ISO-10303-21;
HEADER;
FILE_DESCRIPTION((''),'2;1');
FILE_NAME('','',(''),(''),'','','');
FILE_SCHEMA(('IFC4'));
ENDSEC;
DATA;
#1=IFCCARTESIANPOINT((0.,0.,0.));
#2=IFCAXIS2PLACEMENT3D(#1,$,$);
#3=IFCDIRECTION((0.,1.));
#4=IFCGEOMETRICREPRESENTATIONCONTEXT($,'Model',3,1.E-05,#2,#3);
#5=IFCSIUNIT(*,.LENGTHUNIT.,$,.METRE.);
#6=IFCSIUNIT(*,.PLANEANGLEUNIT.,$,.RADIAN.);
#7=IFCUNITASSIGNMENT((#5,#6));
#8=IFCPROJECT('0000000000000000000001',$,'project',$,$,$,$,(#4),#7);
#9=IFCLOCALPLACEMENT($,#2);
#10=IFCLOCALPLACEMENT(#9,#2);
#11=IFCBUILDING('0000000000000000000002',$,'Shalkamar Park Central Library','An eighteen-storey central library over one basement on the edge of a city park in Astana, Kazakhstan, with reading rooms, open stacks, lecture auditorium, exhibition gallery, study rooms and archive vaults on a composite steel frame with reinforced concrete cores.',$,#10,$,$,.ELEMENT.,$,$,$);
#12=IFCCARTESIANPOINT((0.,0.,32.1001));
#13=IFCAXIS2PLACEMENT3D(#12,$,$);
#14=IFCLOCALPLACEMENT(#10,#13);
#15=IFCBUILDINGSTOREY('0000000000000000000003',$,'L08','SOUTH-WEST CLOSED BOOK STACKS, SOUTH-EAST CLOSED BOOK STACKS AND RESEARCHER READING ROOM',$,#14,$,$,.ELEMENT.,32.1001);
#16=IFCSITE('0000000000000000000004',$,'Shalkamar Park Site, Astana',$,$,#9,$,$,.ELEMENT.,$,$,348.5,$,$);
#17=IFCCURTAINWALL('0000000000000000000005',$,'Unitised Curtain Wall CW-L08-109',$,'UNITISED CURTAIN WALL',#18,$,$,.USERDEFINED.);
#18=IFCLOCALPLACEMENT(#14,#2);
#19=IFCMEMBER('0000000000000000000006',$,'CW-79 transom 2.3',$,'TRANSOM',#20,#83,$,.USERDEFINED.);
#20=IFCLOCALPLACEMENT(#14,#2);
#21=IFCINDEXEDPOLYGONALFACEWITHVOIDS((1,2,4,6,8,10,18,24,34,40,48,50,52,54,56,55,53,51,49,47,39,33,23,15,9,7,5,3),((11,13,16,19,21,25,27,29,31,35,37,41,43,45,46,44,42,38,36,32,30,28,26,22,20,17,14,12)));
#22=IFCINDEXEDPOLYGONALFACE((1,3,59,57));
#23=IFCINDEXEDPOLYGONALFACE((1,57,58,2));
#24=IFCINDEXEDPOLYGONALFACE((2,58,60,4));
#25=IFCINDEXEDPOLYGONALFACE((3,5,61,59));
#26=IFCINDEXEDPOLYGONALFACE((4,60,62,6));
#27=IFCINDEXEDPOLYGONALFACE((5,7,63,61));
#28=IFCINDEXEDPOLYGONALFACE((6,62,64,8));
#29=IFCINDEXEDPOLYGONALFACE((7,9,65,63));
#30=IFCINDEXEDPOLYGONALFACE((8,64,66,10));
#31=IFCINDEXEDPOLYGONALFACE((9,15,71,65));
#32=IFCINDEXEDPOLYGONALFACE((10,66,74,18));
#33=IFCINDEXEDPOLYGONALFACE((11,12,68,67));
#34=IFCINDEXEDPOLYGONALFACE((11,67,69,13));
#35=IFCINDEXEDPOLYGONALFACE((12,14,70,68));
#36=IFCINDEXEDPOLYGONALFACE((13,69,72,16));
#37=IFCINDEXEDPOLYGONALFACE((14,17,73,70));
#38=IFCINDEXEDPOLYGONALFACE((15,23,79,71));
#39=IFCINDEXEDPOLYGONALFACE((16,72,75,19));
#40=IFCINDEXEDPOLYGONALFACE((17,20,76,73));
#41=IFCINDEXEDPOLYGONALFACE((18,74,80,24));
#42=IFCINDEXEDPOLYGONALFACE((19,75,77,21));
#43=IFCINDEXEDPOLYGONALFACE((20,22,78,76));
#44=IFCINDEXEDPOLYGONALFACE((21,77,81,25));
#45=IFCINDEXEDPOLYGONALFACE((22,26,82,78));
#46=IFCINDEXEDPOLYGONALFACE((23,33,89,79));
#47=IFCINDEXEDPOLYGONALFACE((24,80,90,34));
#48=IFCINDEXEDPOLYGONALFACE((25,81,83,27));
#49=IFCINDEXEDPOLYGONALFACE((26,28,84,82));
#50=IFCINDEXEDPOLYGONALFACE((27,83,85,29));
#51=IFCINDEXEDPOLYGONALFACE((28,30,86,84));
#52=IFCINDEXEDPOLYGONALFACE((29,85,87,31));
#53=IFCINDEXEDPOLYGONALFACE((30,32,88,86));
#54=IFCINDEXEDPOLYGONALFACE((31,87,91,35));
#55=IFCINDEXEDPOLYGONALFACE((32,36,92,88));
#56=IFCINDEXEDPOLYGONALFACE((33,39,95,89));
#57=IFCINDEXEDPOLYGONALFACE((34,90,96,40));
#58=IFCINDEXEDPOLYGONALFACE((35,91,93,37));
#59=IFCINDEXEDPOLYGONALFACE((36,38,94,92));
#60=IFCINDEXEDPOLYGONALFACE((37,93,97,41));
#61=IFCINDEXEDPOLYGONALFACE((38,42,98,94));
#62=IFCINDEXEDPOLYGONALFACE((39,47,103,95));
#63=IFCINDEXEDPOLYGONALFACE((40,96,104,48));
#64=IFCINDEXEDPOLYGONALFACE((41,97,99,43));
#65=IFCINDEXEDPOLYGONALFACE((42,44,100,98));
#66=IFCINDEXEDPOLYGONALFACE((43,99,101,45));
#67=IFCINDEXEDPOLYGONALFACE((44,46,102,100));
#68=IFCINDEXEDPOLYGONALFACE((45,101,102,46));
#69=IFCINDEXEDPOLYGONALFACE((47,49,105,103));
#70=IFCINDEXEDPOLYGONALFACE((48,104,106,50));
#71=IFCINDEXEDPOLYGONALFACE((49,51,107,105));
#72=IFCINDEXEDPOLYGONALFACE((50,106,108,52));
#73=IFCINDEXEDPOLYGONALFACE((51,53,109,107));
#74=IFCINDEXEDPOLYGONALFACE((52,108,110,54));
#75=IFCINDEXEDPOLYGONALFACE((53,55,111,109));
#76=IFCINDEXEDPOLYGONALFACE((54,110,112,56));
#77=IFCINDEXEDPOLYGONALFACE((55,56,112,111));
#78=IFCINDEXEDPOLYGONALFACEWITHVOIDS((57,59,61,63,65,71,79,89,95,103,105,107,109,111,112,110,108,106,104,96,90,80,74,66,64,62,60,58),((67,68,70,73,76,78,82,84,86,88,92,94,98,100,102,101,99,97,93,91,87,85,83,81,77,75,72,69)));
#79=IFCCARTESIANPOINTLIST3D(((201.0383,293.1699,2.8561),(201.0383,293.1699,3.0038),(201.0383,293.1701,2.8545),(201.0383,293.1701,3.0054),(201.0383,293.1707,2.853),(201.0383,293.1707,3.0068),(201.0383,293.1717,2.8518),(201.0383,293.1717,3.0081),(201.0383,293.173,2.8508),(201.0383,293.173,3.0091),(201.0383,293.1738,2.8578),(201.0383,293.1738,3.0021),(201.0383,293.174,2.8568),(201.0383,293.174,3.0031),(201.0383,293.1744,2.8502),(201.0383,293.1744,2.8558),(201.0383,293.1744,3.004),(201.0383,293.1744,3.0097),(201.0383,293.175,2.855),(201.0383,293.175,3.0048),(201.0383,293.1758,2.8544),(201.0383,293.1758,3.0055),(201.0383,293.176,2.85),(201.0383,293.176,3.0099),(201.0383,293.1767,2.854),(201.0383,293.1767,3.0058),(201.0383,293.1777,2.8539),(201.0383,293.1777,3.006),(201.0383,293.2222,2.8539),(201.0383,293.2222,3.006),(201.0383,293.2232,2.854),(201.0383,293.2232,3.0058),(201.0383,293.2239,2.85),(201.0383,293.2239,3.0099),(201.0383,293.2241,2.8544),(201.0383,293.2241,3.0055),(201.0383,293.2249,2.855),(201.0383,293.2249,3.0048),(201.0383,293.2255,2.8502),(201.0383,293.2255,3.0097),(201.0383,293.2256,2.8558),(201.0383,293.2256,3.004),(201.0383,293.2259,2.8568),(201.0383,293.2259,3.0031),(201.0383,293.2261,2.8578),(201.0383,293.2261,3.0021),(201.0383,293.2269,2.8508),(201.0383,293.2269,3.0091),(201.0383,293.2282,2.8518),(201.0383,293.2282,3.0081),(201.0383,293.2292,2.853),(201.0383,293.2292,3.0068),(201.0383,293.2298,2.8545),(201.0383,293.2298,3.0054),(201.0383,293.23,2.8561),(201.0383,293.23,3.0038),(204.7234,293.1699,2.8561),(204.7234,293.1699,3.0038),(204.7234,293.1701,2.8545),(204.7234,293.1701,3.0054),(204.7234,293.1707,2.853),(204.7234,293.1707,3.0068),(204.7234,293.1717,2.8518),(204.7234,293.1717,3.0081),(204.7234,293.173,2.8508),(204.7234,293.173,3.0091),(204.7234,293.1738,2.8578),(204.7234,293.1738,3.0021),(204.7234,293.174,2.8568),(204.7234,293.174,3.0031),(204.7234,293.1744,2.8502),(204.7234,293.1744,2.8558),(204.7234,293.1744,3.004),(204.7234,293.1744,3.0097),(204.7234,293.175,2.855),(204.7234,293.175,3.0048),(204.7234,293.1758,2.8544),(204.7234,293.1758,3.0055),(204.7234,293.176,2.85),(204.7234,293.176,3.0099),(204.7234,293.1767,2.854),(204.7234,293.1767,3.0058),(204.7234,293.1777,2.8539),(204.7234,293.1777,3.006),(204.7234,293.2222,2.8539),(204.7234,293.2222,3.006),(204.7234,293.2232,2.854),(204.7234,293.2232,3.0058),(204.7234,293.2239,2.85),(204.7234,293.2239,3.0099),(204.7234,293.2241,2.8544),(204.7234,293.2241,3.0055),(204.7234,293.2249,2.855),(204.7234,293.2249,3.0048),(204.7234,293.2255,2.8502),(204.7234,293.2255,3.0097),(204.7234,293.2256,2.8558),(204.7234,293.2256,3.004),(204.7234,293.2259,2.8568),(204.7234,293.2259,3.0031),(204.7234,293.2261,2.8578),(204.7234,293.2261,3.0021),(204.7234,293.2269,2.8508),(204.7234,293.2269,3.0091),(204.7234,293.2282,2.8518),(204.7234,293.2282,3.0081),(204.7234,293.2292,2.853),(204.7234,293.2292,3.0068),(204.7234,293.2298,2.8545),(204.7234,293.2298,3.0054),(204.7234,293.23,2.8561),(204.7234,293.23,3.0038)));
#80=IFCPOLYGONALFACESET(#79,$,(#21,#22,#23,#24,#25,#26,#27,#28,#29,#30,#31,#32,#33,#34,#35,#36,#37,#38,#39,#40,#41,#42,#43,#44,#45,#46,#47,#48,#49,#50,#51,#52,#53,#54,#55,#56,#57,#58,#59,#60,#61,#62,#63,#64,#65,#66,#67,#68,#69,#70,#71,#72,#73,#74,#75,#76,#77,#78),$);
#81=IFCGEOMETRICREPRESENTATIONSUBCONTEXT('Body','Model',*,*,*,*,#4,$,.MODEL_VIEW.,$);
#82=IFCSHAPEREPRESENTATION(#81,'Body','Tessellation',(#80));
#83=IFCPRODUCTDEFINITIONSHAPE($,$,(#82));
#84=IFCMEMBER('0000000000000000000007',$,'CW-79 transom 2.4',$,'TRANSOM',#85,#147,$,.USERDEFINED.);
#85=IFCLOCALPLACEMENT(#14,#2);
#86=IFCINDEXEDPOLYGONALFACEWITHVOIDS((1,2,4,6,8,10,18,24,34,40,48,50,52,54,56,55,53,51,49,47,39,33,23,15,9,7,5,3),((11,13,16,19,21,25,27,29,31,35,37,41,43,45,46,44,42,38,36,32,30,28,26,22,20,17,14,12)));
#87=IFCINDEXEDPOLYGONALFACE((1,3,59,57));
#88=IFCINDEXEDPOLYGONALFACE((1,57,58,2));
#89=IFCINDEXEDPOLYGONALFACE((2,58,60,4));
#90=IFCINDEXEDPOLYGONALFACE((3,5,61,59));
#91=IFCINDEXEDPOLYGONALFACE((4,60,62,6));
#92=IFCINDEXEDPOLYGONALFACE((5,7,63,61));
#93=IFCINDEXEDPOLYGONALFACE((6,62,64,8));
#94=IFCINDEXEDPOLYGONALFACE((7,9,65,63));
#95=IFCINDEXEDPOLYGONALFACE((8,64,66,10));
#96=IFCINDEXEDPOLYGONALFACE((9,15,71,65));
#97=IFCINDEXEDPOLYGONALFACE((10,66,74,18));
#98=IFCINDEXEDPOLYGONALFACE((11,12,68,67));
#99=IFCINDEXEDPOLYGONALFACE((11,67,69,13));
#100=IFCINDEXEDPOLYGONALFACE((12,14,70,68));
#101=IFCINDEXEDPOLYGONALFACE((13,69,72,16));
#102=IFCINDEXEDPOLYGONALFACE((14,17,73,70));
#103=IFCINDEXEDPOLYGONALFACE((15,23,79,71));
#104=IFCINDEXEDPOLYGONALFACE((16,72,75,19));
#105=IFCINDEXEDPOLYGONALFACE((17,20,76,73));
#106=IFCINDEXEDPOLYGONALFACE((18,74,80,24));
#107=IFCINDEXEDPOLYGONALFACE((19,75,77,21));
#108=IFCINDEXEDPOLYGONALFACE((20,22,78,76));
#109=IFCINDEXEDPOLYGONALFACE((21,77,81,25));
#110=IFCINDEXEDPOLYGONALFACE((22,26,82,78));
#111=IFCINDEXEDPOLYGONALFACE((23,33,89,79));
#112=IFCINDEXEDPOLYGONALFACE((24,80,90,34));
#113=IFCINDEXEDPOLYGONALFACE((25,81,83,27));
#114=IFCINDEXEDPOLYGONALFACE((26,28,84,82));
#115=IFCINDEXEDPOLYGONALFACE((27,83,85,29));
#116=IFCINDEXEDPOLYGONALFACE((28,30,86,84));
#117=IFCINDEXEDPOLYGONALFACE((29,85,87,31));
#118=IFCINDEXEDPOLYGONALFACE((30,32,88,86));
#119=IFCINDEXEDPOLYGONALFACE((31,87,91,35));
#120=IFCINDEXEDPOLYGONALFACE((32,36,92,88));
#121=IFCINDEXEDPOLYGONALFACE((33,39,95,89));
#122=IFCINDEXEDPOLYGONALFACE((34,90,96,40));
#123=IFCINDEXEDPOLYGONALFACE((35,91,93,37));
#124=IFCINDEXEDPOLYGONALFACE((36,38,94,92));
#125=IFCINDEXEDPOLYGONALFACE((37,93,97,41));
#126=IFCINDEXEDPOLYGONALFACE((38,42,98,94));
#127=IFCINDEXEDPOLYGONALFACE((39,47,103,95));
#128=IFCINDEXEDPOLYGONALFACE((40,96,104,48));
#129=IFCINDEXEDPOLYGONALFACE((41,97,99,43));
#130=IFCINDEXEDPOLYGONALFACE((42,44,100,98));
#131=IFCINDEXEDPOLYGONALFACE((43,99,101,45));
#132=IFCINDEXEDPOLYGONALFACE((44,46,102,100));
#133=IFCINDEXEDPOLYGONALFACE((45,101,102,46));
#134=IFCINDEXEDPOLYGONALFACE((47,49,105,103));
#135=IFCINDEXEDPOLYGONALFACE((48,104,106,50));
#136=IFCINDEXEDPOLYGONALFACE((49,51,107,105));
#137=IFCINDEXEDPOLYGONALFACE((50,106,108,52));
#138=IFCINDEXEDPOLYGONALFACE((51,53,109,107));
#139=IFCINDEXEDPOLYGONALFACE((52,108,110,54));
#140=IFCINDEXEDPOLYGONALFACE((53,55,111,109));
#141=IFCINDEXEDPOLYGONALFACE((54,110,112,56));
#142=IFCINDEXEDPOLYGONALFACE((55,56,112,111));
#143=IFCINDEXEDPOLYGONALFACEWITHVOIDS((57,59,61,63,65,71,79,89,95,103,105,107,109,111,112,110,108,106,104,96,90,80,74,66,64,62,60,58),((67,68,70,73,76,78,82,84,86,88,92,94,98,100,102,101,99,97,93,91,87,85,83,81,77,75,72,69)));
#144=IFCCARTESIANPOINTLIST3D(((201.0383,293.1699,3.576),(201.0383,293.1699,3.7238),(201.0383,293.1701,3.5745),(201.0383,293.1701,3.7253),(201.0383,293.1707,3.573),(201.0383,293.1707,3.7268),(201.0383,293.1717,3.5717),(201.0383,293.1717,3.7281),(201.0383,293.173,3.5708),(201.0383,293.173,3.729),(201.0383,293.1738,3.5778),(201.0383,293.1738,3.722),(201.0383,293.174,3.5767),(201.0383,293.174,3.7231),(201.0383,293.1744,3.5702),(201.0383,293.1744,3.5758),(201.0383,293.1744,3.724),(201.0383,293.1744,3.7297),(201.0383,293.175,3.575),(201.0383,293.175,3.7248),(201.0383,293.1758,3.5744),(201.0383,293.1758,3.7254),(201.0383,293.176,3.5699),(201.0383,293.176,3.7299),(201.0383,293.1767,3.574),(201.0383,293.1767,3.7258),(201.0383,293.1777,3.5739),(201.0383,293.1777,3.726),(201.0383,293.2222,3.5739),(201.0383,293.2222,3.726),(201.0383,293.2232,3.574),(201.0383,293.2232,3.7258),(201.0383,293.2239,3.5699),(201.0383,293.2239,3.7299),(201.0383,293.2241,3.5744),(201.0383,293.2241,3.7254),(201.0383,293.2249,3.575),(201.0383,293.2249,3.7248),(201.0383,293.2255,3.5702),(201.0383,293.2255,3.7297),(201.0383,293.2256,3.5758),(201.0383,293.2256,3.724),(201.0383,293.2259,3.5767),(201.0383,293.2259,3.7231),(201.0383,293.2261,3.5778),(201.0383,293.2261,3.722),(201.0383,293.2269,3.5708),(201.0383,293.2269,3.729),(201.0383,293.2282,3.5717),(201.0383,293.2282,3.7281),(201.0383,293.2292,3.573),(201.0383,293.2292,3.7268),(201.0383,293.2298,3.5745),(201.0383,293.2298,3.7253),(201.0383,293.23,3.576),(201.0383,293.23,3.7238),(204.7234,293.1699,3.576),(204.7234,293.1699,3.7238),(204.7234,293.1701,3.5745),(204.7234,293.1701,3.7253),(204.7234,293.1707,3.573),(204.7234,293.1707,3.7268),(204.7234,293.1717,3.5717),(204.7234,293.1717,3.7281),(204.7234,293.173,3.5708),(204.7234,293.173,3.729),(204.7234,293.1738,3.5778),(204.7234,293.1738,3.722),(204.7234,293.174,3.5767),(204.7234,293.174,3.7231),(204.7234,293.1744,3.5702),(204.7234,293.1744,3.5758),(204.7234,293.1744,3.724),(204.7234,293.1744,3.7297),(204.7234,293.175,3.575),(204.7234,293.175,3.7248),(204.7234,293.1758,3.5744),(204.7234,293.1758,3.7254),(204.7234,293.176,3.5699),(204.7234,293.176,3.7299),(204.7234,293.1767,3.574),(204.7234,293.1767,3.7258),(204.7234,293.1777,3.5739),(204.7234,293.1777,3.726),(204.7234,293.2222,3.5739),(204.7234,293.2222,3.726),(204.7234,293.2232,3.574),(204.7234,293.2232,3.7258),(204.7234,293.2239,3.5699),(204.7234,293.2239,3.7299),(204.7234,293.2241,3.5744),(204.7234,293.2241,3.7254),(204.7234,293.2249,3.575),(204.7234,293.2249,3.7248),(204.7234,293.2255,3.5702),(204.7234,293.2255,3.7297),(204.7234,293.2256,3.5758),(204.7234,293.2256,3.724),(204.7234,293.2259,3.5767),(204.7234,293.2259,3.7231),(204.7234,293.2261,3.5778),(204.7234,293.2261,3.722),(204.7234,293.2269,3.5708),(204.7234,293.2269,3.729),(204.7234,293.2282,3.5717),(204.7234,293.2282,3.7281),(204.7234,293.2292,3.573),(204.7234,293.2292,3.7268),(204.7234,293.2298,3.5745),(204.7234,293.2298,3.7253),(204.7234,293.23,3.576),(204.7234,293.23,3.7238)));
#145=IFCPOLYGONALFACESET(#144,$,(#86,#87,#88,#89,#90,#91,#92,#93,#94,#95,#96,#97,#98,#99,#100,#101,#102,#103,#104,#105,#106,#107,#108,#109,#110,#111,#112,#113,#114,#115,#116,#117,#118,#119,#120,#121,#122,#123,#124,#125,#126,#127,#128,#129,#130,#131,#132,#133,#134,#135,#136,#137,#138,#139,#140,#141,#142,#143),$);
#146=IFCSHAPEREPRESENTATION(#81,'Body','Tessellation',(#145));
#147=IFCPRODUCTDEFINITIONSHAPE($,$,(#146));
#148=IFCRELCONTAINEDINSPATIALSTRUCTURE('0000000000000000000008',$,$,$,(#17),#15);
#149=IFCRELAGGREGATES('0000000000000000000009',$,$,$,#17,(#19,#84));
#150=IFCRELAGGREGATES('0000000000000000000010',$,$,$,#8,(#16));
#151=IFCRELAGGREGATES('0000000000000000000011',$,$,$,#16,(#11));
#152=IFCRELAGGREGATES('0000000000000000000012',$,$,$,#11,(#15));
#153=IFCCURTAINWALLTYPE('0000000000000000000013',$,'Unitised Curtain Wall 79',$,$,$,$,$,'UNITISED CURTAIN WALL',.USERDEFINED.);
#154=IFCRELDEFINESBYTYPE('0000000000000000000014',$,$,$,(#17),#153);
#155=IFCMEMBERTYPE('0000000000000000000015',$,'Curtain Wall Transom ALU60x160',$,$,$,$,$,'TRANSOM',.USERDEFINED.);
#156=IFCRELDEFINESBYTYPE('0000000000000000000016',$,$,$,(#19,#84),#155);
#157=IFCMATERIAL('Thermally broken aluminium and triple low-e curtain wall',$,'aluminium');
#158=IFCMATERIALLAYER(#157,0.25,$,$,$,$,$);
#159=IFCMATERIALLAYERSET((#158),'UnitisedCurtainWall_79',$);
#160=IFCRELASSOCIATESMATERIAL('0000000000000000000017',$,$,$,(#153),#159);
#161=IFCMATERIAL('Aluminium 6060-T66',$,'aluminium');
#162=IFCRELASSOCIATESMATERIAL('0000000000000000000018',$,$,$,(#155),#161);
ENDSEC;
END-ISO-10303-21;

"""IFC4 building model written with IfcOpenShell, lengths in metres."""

from ifc_helpers import new_model, si_unit, direction, frame, origin, origin_2d, place, context, subcontext, project, spatial, hollow_rectangle, extrude, material, layer, layer_set, material_profile, profile_set, type_object, element, aggregate, save


model = new_model("IFC4")

# Units and contexts
model_context = context("Model", 3, precision=1e-05, world=origin(), true_north=direction((0.0, 1.0)))
body_context = subcontext(model_context, "Body", "Model", "MODEL_VIEW")
ifc_project = project(units=[si_unit("LENGTHUNIT", "METRE"), si_unit("PLANEANGLEUNIT", "RADIAN")], contexts=[model_context])

# Site, building, storey
site_placement = place(None, origin())
site = spatial("IfcSite", under=ifc_project, at=site_placement, Name="Shalkamar Park Site, Astana", CompositionType="ELEMENT", RefElevation=348.5)
building_placement = place(site_placement, origin())
building = spatial("IfcBuilding", under=site, at=building_placement, Name="Shalkamar Park Central Library", Description="An eighteen-storey central library over one basement on the edge of a city park in Astana, Kazakhstan, with reading rooms, open stacks, lecture auditorium, exhibition gallery, study rooms and archive vaults on a composite steel frame with reinforced concrete cores.", CompositionType="ELEMENT")
storey_placement = place(building_placement, frame((0.0, 0.0, 32.1001)))
storey = spatial("IfcBuildingStorey", under=building, at=storey_placement, Name="L08", Description="SOUTH-WEST CLOSED BOOK STACKS, SOUTH-EAST CLOSED BOOK STACKS AND RESEARCHER READING ROOM", CompositionType="ELEMENT", Elevation=32.1001)

# Curtain wall
ifc_material_1 = material(Name="Thermally broken aluminium and triple low-e curtain wall", Category="aluminium")
ifc_layer_1 = layer(ifc_material_1, 0.25)
ifc_layer_set_1 = layer_set([ifc_layer_1], Name="UnitisedCurtainWall_79")
curtain_wall_type_1 = type_object("IfcCurtainWallType", Name="Unitised Curtain Wall 79", ElementType="UNITISED CURTAIN WALL", PredefinedType="USERDEFINED", material=ifc_layer_set_1)
curtain_wall_1_placement = place(storey_placement, origin())
curtain_wall_1 = element("IfcCurtainWall", 1, at=curtain_wall_1_placement, inside=storey, type_object=curtain_wall_type_1, Name="Unitised Curtain Wall CW-L08-109", ObjectType="UNITISED CURTAIN WALL", PredefinedType="USERDEFINED")
ifc_material_2 = material(Name="Aluminium 6060-T66", Category="aluminium")

# Members
ifc_material_profile_1 = material_profile(ifc_material_2, hollow_rectangle(XDim=0.0601, YDim=0.1599, WallThickness=0.0039, InnerFilletRadius=0.0039, OuterFilletRadius=0.0061, at=origin_2d()), Name="ALU 60x160x4")
ifc_profile_set_1 = profile_set([ifc_material_profile_1], Name="Aluminium 6060-T66")
member_type_1 = type_object("IfcMemberType", Name="Curtain Wall Transom ALU60x160", ElementType="TRANSOM", PredefinedType="USERDEFINED", material=ifc_profile_set_1)
member_1_placement = place(storey_placement, frame((201.0383, 293.2, 2.9299), z_axis=(1.0, 0.0, 0.0), x_axis=(0.0, 1.0, 0.0)))
member_1 = element("IfcMember", 2, at=member_1_placement, type_object=member_type_1, Name="CW-79 transom 2.3", ObjectType="TRANSOM", PredefinedType="USERDEFINED", context=body_context, shape_type="SweptSolid", body=[
    extrude(hollow_rectangle(XDim=0.0601, YDim=0.1599, WallThickness=0.0039, InnerFilletRadius=0.0039, OuterFilletRadius=0.0061, at=origin_2d()), origin(), (0.0, 0.0, 1.0), 3.6851),
])
member_2_placement = place(storey_placement, frame((201.0383, 293.2, 3.6499), z_axis=(1.0, 0.0, 0.0), x_axis=(0.0, 1.0, 0.0)))
member_2 = element("IfcMember", 3, at=member_2_placement, type_object=member_type_1, Name="CW-79 transom 2.4", ObjectType="TRANSOM", PredefinedType="USERDEFINED", context=body_context, shape_type="SweptSolid", body=[
    extrude(hollow_rectangle(XDim=0.0601, YDim=0.1599, WallThickness=0.0039, InnerFilletRadius=0.0039, OuterFilletRadius=0.0061, at=origin_2d()), origin(), (0.0, 0.0, 1.0), 3.6851),
])

aggregate(curtain_wall_1, [member_1, member_2])

save(model, "model.ifc")
